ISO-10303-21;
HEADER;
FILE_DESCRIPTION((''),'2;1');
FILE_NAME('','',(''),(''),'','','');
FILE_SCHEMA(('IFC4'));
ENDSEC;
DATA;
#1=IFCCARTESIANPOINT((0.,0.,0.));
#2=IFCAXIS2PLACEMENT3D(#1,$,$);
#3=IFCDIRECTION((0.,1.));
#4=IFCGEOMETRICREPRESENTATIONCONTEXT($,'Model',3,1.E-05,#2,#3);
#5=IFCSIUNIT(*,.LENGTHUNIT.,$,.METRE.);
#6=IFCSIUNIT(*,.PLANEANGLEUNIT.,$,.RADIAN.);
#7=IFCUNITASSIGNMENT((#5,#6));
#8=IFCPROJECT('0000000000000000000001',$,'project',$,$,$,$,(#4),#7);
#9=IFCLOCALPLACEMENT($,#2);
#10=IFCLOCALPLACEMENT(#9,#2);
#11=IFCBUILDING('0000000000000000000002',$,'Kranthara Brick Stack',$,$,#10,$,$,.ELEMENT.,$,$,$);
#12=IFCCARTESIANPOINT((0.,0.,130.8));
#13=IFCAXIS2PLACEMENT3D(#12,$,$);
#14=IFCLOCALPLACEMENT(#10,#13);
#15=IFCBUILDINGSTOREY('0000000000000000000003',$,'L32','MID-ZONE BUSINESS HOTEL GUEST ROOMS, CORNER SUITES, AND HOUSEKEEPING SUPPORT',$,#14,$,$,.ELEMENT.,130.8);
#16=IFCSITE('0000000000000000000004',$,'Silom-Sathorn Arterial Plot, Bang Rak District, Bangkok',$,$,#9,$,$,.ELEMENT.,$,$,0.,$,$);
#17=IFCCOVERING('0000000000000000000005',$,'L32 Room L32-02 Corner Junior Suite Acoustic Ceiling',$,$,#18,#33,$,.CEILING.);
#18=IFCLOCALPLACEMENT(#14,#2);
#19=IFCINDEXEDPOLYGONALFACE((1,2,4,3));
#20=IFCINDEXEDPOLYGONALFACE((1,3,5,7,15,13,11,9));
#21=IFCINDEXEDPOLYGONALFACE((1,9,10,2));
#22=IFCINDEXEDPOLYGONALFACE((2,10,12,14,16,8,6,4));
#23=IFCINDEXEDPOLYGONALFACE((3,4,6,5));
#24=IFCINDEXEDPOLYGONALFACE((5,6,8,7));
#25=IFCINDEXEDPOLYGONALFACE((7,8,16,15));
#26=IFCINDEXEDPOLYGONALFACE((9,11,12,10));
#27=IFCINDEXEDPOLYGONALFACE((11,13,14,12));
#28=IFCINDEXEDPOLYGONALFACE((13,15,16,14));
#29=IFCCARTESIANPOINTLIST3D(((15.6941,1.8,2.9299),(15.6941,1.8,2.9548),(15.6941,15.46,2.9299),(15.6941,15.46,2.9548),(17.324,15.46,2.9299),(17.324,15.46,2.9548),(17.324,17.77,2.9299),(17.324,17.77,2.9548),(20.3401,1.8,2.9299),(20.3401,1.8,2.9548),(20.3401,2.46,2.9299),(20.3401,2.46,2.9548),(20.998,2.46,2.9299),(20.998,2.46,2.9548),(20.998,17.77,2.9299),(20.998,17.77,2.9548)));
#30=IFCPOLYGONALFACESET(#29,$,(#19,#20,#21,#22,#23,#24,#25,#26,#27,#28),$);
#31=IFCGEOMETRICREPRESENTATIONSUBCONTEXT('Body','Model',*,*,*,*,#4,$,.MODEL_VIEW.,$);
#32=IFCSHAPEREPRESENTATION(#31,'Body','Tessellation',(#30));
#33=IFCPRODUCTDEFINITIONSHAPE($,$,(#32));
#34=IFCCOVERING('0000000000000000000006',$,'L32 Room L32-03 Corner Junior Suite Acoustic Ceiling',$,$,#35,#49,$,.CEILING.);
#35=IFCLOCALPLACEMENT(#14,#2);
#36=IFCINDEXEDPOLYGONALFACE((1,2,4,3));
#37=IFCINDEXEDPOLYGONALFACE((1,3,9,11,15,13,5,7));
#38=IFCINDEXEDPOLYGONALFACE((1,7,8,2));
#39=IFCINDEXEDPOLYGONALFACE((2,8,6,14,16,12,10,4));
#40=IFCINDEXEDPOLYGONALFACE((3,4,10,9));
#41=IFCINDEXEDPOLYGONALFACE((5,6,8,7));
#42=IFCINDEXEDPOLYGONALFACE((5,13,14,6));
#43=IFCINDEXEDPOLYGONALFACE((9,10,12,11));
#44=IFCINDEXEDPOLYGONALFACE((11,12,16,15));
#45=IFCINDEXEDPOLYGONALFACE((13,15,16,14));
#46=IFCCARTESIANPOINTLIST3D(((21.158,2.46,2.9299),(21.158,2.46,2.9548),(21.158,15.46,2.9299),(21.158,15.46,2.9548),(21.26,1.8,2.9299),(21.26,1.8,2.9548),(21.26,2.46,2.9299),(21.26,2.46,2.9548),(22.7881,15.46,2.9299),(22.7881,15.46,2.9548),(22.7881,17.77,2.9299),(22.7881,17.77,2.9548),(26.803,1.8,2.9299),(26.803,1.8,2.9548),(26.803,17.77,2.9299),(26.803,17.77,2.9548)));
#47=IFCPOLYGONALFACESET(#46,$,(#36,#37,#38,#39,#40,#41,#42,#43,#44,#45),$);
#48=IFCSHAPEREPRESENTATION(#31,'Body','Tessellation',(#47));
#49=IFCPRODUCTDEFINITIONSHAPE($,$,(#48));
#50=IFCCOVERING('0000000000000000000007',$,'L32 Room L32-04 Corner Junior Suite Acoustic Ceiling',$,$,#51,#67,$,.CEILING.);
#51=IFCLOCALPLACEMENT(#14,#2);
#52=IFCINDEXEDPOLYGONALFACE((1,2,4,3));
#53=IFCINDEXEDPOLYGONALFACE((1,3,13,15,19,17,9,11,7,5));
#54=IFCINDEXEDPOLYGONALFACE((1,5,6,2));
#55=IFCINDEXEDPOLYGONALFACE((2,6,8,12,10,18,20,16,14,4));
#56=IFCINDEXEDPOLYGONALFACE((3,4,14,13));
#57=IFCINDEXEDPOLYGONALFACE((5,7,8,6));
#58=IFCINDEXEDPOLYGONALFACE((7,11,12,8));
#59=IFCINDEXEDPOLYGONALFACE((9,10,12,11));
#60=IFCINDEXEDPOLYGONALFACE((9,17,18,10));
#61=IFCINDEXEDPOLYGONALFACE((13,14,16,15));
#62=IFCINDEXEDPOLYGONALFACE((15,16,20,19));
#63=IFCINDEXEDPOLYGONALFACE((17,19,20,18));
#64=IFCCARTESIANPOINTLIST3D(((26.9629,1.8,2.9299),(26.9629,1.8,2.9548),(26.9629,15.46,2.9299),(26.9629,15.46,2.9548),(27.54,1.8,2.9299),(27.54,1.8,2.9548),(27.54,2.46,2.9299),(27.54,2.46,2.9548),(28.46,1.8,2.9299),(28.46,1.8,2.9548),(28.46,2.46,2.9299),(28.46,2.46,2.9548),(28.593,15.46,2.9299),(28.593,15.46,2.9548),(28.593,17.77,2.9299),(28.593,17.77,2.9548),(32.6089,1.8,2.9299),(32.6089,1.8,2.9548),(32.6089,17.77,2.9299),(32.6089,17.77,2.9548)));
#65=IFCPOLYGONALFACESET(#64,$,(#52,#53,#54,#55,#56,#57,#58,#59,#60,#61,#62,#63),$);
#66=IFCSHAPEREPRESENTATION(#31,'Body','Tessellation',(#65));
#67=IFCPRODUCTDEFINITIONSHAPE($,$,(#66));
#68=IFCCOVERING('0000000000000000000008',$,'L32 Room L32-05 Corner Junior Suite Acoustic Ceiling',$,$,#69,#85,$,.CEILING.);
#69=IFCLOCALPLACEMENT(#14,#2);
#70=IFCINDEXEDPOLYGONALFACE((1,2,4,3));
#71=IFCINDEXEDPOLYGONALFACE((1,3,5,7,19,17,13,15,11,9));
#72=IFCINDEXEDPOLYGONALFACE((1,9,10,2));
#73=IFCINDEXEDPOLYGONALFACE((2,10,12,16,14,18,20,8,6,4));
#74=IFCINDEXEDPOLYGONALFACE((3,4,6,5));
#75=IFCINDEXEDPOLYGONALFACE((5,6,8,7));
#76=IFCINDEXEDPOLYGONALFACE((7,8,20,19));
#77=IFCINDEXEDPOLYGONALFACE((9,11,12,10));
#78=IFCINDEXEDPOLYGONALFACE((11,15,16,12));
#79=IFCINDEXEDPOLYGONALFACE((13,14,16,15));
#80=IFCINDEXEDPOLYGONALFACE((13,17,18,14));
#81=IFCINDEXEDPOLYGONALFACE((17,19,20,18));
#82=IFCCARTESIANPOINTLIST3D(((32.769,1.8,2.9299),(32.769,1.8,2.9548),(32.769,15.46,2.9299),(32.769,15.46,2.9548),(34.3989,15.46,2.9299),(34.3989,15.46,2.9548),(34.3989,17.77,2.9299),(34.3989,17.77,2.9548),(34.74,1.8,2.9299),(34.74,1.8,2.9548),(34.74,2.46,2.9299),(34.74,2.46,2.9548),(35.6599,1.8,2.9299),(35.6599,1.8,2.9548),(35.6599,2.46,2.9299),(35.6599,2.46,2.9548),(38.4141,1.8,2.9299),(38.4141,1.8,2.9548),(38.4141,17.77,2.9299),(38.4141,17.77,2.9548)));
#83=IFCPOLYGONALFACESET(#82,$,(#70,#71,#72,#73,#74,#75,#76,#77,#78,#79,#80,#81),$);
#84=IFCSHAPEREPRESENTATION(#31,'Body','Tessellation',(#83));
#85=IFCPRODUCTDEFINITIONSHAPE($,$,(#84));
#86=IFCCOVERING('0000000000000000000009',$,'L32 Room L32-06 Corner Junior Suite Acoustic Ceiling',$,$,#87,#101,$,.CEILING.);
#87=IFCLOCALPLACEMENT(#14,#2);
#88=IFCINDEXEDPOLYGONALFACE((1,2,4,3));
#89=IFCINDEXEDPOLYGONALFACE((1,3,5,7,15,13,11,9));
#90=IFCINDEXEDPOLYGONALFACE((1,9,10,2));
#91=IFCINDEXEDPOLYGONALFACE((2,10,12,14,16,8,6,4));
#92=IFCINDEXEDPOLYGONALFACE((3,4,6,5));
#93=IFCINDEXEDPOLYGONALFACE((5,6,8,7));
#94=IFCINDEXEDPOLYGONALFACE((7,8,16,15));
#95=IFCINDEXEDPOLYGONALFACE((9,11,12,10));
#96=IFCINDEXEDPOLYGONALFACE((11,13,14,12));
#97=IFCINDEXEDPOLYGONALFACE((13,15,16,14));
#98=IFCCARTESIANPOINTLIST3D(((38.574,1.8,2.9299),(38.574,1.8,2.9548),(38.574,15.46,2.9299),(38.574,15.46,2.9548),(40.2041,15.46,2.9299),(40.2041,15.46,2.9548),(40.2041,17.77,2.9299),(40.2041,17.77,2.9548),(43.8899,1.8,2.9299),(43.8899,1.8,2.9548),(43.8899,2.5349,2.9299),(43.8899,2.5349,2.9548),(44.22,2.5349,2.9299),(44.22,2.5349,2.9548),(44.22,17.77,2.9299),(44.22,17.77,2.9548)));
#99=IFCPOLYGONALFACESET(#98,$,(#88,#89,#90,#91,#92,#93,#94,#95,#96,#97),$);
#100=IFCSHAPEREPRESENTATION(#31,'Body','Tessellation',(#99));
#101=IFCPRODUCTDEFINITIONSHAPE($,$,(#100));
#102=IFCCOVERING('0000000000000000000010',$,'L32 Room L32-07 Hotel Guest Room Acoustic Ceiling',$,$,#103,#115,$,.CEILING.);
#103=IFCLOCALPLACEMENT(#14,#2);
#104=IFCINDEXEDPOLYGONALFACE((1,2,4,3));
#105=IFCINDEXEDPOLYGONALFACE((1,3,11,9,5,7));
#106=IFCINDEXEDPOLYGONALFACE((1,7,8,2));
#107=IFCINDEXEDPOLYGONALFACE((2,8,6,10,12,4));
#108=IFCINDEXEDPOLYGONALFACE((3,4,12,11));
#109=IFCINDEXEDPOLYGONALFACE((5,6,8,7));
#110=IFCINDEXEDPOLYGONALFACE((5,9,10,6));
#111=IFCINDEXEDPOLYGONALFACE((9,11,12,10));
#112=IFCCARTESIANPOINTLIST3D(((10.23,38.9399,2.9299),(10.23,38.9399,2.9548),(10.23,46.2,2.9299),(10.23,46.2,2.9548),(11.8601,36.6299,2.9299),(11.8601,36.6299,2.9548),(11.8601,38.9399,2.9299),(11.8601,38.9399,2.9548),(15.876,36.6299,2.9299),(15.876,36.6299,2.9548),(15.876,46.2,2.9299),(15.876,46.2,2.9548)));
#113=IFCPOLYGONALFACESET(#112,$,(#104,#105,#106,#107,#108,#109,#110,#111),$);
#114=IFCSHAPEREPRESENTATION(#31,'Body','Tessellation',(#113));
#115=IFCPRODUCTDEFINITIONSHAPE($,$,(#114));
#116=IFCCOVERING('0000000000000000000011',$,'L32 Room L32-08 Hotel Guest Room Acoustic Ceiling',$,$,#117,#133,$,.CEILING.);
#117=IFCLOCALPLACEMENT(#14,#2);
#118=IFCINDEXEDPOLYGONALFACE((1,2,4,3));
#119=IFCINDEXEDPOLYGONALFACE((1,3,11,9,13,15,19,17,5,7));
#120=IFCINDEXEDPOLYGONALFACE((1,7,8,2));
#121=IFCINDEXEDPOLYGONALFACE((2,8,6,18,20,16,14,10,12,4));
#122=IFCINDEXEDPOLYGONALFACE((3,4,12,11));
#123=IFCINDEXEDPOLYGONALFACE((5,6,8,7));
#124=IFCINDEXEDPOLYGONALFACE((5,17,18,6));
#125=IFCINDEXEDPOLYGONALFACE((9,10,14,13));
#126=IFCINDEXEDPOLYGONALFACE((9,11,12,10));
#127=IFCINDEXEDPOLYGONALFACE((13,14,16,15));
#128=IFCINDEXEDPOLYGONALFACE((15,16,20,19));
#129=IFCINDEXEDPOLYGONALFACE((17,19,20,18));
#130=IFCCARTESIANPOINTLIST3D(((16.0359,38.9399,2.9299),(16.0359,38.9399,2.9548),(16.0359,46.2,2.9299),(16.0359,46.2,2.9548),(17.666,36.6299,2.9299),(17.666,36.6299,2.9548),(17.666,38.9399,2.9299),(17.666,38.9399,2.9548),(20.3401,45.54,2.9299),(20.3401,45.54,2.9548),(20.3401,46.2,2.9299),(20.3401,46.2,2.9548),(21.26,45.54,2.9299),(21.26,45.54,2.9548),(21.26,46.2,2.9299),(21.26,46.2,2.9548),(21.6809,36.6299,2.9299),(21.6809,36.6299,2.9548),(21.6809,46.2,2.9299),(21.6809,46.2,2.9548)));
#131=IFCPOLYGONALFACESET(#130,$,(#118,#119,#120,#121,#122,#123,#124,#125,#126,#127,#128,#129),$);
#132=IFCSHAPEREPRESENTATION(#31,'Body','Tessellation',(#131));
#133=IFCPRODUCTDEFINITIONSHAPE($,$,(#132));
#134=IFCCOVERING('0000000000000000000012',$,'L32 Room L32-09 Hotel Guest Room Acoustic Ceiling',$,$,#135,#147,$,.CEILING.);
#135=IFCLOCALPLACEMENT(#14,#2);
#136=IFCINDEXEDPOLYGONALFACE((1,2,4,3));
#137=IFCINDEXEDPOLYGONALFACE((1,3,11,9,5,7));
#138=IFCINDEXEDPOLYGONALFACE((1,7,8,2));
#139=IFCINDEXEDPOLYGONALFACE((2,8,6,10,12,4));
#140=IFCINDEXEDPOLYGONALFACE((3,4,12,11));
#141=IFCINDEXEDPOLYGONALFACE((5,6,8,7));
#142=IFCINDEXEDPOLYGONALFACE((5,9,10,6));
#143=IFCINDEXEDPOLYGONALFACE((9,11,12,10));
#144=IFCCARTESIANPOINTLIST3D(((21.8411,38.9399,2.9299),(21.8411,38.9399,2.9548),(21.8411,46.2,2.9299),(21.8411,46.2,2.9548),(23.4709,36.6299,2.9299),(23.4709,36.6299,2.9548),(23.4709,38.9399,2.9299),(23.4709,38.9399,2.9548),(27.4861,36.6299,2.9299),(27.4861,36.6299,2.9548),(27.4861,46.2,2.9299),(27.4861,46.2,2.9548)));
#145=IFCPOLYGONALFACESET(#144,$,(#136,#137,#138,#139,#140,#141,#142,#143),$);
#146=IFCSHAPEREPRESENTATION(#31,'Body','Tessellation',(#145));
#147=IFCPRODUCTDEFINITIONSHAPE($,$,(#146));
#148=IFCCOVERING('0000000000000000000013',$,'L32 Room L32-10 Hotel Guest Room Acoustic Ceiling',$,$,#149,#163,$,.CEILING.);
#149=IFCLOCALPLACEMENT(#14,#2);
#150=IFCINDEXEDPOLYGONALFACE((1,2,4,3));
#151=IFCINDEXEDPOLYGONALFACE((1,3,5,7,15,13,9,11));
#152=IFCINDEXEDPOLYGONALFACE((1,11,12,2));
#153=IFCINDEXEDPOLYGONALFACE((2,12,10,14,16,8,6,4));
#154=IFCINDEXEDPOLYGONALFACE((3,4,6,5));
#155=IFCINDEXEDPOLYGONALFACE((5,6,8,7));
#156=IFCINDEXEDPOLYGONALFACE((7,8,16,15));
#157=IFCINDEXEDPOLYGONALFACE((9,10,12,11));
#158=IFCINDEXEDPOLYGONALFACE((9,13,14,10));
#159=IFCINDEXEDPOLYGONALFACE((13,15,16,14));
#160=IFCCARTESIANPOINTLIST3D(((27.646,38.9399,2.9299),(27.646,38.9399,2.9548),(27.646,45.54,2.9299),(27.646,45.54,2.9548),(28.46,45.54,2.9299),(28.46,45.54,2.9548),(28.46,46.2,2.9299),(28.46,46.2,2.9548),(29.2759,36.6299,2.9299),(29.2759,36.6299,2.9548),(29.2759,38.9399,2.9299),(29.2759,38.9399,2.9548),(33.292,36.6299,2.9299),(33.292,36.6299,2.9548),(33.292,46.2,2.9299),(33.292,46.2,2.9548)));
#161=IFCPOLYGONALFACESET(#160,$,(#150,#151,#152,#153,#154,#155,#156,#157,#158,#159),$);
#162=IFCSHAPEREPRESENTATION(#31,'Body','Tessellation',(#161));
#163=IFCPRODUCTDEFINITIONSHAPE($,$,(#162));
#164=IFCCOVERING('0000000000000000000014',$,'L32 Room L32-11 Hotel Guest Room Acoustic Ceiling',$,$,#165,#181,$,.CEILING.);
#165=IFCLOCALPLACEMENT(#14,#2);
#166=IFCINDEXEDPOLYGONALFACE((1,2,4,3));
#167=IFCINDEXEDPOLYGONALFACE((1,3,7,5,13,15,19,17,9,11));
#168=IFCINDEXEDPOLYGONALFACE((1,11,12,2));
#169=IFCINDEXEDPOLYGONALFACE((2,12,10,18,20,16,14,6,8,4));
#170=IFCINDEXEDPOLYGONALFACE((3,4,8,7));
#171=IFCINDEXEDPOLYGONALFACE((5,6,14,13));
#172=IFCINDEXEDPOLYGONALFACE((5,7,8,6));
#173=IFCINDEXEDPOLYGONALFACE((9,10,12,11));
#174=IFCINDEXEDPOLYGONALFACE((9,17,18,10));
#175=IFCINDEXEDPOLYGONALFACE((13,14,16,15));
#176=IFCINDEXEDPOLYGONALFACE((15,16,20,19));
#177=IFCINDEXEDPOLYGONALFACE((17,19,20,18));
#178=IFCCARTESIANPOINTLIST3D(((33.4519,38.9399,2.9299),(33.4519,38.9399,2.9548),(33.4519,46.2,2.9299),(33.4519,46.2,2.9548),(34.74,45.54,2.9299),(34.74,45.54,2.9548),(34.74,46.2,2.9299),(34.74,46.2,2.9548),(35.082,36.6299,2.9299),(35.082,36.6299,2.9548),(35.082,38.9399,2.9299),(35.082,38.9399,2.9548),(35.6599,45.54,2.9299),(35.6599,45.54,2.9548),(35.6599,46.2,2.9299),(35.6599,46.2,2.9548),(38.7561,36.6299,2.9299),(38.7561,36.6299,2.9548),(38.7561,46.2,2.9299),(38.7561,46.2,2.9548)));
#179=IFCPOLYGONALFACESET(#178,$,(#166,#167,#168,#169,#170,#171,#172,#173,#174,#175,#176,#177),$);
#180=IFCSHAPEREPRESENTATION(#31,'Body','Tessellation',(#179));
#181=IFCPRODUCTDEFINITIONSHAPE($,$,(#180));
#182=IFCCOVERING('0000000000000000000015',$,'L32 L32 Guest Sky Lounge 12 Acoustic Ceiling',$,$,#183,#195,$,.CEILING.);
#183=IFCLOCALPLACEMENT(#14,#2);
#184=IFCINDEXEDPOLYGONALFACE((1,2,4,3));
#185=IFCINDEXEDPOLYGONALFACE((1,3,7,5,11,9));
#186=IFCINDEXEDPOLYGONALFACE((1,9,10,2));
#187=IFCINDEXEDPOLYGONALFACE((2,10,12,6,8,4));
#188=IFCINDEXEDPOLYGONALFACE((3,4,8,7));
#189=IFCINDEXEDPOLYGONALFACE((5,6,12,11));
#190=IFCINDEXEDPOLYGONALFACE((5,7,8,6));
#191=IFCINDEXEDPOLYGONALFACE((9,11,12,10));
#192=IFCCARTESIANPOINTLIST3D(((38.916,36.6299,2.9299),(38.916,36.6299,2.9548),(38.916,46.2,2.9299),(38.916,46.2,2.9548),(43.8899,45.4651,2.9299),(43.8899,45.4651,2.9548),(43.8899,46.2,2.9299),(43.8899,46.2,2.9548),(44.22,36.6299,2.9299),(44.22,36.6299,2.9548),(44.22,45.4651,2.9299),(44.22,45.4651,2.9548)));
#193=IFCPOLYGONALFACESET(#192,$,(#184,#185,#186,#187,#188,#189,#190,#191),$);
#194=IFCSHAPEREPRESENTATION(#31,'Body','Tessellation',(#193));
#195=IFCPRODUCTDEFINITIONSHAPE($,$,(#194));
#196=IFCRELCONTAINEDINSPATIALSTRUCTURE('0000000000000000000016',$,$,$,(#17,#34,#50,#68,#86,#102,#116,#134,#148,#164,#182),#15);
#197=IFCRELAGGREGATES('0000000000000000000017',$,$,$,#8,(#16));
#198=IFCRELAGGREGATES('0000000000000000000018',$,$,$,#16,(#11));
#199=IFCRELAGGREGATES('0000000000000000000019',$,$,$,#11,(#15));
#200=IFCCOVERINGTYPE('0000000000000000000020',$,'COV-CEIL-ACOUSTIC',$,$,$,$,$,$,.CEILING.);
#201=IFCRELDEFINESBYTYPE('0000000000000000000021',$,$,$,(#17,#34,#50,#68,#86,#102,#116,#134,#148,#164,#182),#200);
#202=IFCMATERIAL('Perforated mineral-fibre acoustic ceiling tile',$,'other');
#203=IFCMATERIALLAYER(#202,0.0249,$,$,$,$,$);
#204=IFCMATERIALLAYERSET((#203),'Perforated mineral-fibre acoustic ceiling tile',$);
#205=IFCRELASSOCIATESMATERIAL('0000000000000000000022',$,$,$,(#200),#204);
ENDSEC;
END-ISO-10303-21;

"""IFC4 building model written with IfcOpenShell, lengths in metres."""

from ifc_helpers import new_model, si_unit, direction, frame, origin, place, context, subcontext, project, spatial, polyline, outline, extrude, material, layer, layer_set, type_object, element, save


model = new_model("IFC4")

# Units and contexts
model_context = context("Model", 3, precision=1e-05, world=origin(), true_north=direction((0.0, 1.0)))
body_context = subcontext(model_context, "Body", "Model", "MODEL_VIEW")
ifc_project = project(units=[si_unit("LENGTHUNIT", "METRE"), si_unit("PLANEANGLEUNIT", "RADIAN")], contexts=[model_context])

# Site, building, storey
site_placement = place(None, origin())
site = spatial("IfcSite", under=ifc_project, at=site_placement, Name="Silom-Sathorn Arterial Plot, Bang Rak District, Bangkok", CompositionType="ELEMENT", RefElevation=0.0)
building_placement = place(site_placement, origin())
building = spatial("IfcBuilding", under=site, at=building_placement, Name="Kranthara Brick Stack", CompositionType="ELEMENT")
storey_placement = place(building_placement, frame((0.0, 0.0, 130.8)))
storey = spatial("IfcBuildingStorey", under=building, at=storey_placement, Name="L32", Description="MID-ZONE BUSINESS HOTEL GUEST ROOMS, CORNER SUITES, AND HOUSEKEEPING SUPPORT", CompositionType="ELEMENT", Elevation=130.8)

# Coverings
ifc_material_1 = material(Name="Perforated mineral-fibre acoustic ceiling tile", Category="other")
ifc_layer_1 = layer(ifc_material_1, 0.0249)
ifc_layer_set_1 = layer_set([ifc_layer_1], Name="Perforated mineral-fibre acoustic ceiling tile")
covering_type_1 = type_object("IfcCoveringType", Name="COV-CEIL-ACOUSTIC", PredefinedType="CEILING", material=ifc_layer_set_1)
covering_1_placement = place(storey_placement, frame((0.0, 0.0, 2.9299)))
element("IfcCovering", 1, at=covering_1_placement, inside=storey, type_object=covering_type_1, Name="L32 Room L32-02 Corner Junior Suite Acoustic Ceiling", PredefinedType="CEILING", context=body_context, shape_type="SweptSolid", body=[
    extrude(outline(polyline([(15.6941, 1.8), (15.6941, 15.46), (17.324, 15.46), (17.324, 17.77), (20.998, 17.77), (20.998, 2.46), (20.3401, 2.46), (20.3401, 1.8), (15.6941, 1.8)])), origin(), (0.0, 0.0, 1.0), 0.0249),
])
covering_2_placement = place(storey_placement, frame((0.0, 0.0, 2.9299)))
element("IfcCovering", 2, at=covering_2_placement, inside=storey, type_object=covering_type_1, Name="L32 Room L32-03 Corner Junior Suite Acoustic Ceiling", PredefinedType="CEILING", context=body_context, shape_type="SweptSolid", body=[
    extrude(outline(polyline([(21.158, 15.46), (22.7881, 15.46), (22.7881, 17.77), (26.803, 17.77), (26.803, 1.8), (21.26, 1.8), (21.26, 2.46), (21.158, 2.46), (21.158, 15.46)])), origin(), (0.0, 0.0, 1.0), 0.0249),
])
covering_3_placement = place(storey_placement, frame((0.0, 0.0, 2.9299)))
element("IfcCovering", 3, at=covering_3_placement, inside=storey, type_object=covering_type_1, Name="L32 Room L32-04 Corner Junior Suite Acoustic Ceiling", PredefinedType="CEILING", context=body_context, shape_type="SweptSolid", body=[
    extrude(outline(polyline([(26.9629, 1.8), (26.9629, 15.46), (28.593, 15.46), (28.593, 17.77), (32.6089, 17.77), (32.6089, 1.8), (28.46, 1.8), (28.46, 2.46), (27.54, 2.46), (27.54, 1.8), (26.9629, 1.8)])), origin(), (0.0, 0.0, 1.0), 0.0249),
])
covering_4_placement = place(storey_placement, frame((0.0, 0.0, 2.9299)))
element("IfcCovering", 4, at=covering_4_placement, inside=storey, type_object=covering_type_1, Name="L32 Room L32-05 Corner Junior Suite Acoustic Ceiling", PredefinedType="CEILING", context=body_context, shape_type="SweptSolid", body=[
    extrude(outline(polyline([(32.769, 1.8), (32.769, 15.46), (34.3989, 15.46), (34.3989, 17.77), (38.4141, 17.77), (38.4141, 1.8), (35.6599, 1.8), (35.6599, 2.46), (34.74, 2.46), (34.74, 1.8), (32.769, 1.8)])), origin(), (0.0, 0.0, 1.0), 0.0249),
])
covering_5_placement = place(storey_placement, frame((0.0, 0.0, 2.9299)))
element("IfcCovering", 5, at=covering_5_placement, inside=storey, type_object=covering_type_1, Name="L32 Room L32-06 Corner Junior Suite Acoustic Ceiling", PredefinedType="CEILING", context=body_context, shape_type="SweptSolid", body=[
    extrude(outline(polyline([(38.574, 1.8), (38.574, 15.46), (40.2041, 15.46), (40.2041, 17.77), (44.22, 17.77), (44.22, 2.5349), (43.8899, 2.5349), (43.8899, 1.8), (38.574, 1.8)])), origin(), (0.0, 0.0, 1.0), 0.0249),
])
covering_6_placement = place(storey_placement, frame((0.0, 0.0, 2.9299)))
element("IfcCovering", 6, at=covering_6_placement, inside=storey, type_object=covering_type_1, Name="L32 Room L32-07 Hotel Guest Room Acoustic Ceiling", PredefinedType="CEILING", context=body_context, shape_type="SweptSolid", body=[
    extrude(outline(polyline([(11.8601, 36.6299), (15.876, 36.6299), (15.876, 46.2), (10.23, 46.2), (10.23, 38.9399), (11.8601, 38.9399), (11.8601, 36.6299)])), origin(), (0.0, 0.0, 1.0), 0.0249),
])
covering_7_placement = place(storey_placement, frame((0.0, 0.0, 2.9299)))
element("IfcCovering", 7, at=covering_7_placement, inside=storey, type_object=covering_type_1, Name="L32 Room L32-08 Hotel Guest Room Acoustic Ceiling", PredefinedType="CEILING", context=body_context, shape_type="SweptSolid", body=[
    extrude(outline(polyline([(21.6809, 46.2), (21.6809, 36.6299), (17.666, 36.6299), (17.666, 38.9399), (16.0359, 38.9399), (16.0359, 46.2), (20.3401, 46.2), (20.3401, 45.54), (21.26, 45.54), (21.26, 46.2), (21.6809, 46.2)])), origin(), (0.0, 0.0, 1.0), 0.0249),
])
covering_8_placement = place(storey_placement, frame((0.0, 0.0, 2.9299)))
element("IfcCovering", 8, at=covering_8_placement, inside=storey, type_object=covering_type_1, Name="L32 Room L32-09 Hotel Guest Room Acoustic Ceiling", PredefinedType="CEILING", context=body_context, shape_type="SweptSolid", body=[
    extrude(outline(polyline([(23.4709, 36.6299), (27.4861, 36.6299), (27.4861, 46.2), (21.8411, 46.2), (21.8411, 38.9399), (23.4709, 38.9399), (23.4709, 36.6299)])), origin(), (0.0, 0.0, 1.0), 0.0249),
])
covering_9_placement = place(storey_placement, frame((0.0, 0.0, 2.9299)))
element("IfcCovering", 9, at=covering_9_placement, inside=storey, type_object=covering_type_1, Name="L32 Room L32-10 Hotel Guest Room Acoustic Ceiling", PredefinedType="CEILING", context=body_context, shape_type="SweptSolid", body=[
    extrude(outline(polyline([(33.292, 46.2), (33.292, 36.6299), (29.2759, 36.6299), (29.2759, 38.9399), (27.646, 38.9399), (27.646, 45.54), (28.46, 45.54), (28.46, 46.2), (33.292, 46.2)])), origin(), (0.0, 0.0, 1.0), 0.0249),
])
covering_10_placement = place(storey_placement, frame((0.0, 0.0, 2.9299)))
element("IfcCovering", 10, at=covering_10_placement, inside=storey, type_object=covering_type_1, Name="L32 Room L32-11 Hotel Guest Room Acoustic Ceiling", PredefinedType="CEILING", context=body_context, shape_type="SweptSolid", body=[
    extrude(outline(polyline([(38.7561, 46.2), (38.7561, 36.6299), (35.082, 36.6299), (35.082, 38.9399), (33.4519, 38.9399), (33.4519, 46.2), (34.74, 46.2), (34.74, 45.54), (35.6599, 45.54), (35.6599, 46.2), (38.7561, 46.2)])), origin(), (0.0, 0.0, 1.0), 0.0249),
])
covering_11_placement = place(storey_placement, frame((0.0, 0.0, 2.9299)))
element("IfcCovering", 11, at=covering_11_placement, inside=storey, type_object=covering_type_1, Name="L32 L32 Guest Sky Lounge 12 Acoustic Ceiling", PredefinedType="CEILING", context=body_context, shape_type="SweptSolid", body=[
    extrude(outline(polyline([(44.22, 36.6299), (38.916, 36.6299), (38.916, 46.2), (43.8899, 46.2), (43.8899, 45.4651), (44.22, 45.4651), (44.22, 36.6299)])), origin(), (0.0, 0.0, 1.0), 0.0249),
])

save(model, "model.ifc")
